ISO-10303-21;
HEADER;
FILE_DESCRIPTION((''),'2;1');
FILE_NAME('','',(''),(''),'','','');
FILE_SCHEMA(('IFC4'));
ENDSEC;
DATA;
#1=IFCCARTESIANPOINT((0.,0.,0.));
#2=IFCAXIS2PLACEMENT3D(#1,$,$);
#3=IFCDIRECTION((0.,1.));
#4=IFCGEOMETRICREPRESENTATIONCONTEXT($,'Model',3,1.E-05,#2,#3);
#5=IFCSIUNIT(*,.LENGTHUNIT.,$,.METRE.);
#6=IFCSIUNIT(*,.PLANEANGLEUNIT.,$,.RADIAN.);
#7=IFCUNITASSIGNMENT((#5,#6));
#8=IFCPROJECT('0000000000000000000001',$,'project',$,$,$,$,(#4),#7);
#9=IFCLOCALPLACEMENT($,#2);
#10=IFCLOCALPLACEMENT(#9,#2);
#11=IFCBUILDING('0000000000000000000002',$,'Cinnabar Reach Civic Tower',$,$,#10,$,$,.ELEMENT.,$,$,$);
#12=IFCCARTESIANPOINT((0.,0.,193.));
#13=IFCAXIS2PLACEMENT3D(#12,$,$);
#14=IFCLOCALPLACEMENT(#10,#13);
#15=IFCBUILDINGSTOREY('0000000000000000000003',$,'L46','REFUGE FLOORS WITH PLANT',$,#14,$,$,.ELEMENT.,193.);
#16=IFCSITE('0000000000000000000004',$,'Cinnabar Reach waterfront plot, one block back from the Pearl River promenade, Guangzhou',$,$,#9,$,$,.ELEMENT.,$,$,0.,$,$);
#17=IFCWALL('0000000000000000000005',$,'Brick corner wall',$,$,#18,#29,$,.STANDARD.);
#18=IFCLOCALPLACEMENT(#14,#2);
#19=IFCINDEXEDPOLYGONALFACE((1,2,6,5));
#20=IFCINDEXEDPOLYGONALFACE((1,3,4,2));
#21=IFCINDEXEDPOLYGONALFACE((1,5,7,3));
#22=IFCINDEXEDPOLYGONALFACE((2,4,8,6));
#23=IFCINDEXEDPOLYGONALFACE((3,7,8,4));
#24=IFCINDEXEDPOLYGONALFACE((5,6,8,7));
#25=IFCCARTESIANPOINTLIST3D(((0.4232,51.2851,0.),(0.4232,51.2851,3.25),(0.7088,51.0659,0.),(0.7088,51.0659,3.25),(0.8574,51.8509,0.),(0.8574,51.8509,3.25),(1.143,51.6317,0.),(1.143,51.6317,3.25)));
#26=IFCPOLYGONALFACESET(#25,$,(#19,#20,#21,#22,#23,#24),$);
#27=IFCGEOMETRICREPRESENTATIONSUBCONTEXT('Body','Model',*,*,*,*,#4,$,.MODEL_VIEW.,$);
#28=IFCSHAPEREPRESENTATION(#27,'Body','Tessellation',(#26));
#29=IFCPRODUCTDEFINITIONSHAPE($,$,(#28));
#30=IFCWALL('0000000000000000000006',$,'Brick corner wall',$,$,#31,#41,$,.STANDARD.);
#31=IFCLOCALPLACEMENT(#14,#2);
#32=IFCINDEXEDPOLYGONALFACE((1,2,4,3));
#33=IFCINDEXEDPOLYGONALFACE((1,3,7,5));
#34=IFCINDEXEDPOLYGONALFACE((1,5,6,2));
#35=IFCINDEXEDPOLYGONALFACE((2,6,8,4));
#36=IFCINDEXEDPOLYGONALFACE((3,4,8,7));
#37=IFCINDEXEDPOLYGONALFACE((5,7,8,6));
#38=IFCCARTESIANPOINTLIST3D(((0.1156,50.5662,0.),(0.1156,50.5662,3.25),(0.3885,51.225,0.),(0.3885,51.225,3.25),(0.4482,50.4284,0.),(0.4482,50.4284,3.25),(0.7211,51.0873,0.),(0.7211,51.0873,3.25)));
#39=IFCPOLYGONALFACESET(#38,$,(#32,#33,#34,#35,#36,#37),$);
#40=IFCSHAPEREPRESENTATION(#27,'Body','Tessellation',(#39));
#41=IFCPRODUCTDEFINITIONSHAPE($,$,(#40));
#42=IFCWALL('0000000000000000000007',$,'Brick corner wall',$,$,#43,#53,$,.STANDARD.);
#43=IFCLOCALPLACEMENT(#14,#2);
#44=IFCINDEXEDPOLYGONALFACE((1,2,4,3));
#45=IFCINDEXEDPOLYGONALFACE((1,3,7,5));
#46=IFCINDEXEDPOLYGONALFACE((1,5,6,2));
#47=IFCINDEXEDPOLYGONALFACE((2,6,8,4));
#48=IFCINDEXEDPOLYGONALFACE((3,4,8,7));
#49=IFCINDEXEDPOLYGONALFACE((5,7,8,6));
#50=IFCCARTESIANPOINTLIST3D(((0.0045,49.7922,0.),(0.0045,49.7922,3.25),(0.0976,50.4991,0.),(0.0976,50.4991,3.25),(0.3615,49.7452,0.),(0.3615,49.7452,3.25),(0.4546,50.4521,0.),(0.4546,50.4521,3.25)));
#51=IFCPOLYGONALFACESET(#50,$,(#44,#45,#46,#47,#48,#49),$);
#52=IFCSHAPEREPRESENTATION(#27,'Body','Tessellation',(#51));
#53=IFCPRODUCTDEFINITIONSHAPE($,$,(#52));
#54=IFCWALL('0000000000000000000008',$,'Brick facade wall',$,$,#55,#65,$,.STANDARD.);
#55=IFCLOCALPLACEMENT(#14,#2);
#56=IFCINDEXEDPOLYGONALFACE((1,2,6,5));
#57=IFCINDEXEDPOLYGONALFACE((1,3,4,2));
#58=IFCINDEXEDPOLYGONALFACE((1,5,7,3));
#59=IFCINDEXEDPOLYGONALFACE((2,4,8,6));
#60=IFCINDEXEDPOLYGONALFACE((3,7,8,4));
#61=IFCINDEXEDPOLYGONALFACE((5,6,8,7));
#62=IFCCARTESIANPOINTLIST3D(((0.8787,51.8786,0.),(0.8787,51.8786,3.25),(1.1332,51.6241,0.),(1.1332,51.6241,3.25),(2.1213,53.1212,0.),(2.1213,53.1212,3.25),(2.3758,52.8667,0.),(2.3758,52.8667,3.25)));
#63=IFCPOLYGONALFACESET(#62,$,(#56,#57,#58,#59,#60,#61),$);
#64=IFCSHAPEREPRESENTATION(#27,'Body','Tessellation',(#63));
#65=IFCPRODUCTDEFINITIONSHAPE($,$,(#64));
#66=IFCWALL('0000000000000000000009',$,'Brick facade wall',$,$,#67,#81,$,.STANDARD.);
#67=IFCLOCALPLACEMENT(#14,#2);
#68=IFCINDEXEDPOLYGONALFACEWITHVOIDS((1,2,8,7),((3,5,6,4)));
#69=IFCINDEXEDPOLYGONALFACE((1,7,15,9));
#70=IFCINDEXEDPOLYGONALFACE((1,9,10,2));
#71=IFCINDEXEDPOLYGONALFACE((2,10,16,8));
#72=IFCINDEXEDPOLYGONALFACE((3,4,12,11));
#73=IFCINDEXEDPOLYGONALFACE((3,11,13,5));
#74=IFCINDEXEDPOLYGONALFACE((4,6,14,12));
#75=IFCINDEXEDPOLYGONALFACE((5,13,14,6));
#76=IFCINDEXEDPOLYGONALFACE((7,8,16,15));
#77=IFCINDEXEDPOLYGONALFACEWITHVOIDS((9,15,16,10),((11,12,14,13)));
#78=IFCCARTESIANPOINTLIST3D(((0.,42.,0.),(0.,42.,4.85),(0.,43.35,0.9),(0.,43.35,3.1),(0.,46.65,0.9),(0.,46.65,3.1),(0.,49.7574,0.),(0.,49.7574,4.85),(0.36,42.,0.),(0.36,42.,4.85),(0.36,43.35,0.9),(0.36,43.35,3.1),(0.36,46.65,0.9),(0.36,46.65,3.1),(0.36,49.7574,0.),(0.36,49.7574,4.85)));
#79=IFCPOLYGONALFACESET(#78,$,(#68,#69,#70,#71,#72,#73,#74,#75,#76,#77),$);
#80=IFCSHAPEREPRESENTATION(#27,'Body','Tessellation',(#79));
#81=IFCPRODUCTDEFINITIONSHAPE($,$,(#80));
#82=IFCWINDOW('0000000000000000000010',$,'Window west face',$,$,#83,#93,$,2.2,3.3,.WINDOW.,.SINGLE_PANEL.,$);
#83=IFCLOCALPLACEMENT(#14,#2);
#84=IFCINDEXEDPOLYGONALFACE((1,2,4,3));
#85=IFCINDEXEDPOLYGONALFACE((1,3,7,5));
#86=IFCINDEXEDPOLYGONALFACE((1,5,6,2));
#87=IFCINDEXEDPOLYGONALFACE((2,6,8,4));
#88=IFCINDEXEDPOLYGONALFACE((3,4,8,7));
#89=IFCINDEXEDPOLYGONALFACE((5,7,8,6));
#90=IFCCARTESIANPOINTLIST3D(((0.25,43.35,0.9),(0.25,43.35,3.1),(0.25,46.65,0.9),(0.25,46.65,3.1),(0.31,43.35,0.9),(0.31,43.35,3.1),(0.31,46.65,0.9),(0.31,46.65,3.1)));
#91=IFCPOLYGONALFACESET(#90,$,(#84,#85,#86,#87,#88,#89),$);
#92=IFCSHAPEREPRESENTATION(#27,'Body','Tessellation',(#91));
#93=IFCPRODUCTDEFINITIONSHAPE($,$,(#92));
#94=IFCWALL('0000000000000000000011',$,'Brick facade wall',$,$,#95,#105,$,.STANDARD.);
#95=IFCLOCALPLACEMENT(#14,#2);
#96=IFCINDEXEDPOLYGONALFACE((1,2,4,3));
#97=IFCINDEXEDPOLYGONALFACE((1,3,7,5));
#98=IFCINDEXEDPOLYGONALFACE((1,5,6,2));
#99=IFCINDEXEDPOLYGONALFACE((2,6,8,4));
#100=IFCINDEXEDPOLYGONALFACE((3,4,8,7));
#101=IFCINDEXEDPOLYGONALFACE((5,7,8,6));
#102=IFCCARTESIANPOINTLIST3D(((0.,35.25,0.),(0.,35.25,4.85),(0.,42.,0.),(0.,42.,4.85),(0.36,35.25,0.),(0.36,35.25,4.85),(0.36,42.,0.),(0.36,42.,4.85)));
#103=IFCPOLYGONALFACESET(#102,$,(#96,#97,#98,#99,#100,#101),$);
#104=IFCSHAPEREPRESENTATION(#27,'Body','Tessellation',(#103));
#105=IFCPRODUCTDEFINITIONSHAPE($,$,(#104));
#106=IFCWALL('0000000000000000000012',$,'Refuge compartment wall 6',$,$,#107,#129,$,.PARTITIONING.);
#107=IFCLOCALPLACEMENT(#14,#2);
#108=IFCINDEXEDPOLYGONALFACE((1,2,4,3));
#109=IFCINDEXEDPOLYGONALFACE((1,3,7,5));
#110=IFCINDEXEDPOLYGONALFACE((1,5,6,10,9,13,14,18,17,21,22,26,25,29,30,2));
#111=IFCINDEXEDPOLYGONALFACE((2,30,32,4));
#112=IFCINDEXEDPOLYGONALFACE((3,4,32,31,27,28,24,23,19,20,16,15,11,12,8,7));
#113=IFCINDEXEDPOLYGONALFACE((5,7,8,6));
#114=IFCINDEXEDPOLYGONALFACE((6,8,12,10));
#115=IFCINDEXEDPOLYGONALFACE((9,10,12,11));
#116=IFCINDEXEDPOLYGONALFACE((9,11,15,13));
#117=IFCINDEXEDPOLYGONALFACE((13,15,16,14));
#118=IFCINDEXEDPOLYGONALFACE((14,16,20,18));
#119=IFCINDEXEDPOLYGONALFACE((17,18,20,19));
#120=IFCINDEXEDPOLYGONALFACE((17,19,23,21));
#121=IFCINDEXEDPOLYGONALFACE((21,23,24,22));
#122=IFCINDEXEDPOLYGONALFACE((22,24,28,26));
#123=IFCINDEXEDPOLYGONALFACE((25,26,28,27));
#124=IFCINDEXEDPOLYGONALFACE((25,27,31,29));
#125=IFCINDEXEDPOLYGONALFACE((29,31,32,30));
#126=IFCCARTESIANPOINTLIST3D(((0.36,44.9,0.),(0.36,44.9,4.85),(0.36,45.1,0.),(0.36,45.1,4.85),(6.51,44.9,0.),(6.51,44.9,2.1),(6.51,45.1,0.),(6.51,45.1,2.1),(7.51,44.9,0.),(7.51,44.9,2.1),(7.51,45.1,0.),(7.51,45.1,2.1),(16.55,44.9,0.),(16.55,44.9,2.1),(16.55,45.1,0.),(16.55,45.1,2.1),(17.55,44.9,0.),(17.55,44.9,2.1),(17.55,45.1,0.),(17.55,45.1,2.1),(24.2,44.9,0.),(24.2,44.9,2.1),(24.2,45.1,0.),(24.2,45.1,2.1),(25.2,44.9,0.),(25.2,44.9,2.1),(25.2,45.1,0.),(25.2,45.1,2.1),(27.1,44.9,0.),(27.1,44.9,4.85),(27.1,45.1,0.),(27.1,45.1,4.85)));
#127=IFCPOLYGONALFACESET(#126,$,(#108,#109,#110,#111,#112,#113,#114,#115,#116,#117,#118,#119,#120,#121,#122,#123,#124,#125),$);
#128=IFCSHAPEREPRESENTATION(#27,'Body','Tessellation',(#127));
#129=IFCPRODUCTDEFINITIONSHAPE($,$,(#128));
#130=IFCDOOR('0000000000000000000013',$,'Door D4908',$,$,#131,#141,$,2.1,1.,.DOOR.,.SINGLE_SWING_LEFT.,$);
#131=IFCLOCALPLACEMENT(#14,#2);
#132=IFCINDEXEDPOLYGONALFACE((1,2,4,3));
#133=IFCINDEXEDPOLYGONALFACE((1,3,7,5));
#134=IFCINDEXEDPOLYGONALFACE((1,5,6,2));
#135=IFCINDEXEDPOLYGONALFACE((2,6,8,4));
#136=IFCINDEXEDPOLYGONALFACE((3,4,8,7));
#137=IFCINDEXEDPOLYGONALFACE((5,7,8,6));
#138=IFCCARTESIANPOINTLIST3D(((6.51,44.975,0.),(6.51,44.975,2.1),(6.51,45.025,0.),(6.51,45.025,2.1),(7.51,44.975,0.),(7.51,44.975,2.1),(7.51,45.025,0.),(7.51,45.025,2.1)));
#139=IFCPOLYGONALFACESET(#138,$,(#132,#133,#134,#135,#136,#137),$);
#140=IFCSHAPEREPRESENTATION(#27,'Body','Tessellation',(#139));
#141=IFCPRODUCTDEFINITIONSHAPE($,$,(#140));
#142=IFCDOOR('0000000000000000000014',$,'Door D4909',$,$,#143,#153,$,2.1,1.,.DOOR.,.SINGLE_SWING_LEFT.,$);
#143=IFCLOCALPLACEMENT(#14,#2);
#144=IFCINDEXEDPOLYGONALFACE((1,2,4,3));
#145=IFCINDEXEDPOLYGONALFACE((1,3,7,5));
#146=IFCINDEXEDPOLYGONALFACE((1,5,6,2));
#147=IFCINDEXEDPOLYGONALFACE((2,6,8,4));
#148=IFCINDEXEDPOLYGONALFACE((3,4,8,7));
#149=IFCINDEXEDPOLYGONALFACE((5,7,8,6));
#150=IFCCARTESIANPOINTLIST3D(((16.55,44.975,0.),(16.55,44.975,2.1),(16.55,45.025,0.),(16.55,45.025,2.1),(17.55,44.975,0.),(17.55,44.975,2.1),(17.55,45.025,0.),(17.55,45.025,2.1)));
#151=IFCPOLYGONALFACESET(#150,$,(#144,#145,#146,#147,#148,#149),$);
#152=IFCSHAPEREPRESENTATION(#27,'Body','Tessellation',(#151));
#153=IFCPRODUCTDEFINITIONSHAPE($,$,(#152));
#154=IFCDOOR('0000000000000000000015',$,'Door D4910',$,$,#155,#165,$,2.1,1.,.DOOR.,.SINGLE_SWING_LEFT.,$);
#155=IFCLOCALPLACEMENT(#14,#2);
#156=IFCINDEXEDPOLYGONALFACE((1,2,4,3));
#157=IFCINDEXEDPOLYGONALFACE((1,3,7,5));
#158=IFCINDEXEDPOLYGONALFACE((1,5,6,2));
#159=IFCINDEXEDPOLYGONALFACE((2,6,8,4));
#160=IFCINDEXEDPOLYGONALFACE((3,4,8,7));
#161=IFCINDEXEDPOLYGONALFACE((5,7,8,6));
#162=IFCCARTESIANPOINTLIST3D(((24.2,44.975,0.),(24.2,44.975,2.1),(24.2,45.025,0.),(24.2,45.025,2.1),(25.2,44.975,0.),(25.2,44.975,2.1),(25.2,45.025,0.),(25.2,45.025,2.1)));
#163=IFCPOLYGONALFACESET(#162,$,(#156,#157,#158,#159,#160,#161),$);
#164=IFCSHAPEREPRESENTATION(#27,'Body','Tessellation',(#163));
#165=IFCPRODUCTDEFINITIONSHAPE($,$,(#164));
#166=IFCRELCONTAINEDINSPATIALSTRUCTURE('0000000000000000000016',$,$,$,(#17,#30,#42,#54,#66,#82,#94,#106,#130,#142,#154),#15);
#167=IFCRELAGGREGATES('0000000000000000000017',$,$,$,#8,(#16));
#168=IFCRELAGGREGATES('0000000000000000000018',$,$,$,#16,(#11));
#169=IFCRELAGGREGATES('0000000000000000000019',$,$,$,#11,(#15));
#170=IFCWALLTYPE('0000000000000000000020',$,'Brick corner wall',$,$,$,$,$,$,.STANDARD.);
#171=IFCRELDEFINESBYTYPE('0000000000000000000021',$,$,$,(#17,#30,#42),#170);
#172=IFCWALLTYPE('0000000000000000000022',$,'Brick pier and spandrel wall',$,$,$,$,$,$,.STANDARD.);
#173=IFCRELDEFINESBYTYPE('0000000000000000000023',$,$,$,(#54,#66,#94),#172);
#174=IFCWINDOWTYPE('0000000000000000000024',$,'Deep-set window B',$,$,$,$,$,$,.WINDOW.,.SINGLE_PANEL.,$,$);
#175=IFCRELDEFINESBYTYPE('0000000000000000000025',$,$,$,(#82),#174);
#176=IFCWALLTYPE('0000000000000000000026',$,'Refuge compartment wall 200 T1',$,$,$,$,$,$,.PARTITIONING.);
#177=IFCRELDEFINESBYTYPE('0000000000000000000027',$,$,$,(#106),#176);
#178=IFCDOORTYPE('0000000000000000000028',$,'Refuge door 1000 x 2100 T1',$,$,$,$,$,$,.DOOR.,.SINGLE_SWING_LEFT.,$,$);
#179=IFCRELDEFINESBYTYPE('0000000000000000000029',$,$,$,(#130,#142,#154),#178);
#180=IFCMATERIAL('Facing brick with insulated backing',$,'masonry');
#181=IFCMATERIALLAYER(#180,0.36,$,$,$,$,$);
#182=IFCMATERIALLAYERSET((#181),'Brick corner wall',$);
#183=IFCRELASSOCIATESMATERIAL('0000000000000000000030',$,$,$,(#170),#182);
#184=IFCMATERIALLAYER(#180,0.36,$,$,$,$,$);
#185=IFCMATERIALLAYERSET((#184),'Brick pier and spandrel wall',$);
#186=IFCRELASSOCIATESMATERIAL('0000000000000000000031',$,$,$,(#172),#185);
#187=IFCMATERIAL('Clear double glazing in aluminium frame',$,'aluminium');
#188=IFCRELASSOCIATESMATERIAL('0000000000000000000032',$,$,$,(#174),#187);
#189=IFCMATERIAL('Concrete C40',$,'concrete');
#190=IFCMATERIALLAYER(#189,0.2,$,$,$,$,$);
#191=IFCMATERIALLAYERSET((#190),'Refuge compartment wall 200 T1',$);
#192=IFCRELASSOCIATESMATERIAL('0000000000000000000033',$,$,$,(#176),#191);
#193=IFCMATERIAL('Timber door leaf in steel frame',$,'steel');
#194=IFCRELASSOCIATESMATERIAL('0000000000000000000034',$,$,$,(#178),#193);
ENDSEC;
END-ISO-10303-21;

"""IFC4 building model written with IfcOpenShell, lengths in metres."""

from ifc_helpers import new_model, si_unit, direction, frame, frame_2d, origin, place, context, subcontext, project, spatial, rectangle, extrude, material, layer, layer_set, type_object, element, fill, save


model = new_model("IFC4")

# Units and contexts
model_context = context("Model", 3, precision=1e-05, world=origin(), true_north=direction((0.0, 1.0)))
body_context = subcontext(model_context, "Body", "Model", "MODEL_VIEW")
ifc_project = project(units=[si_unit("LENGTHUNIT", "METRE"), si_unit("PLANEANGLEUNIT", "RADIAN")], contexts=[model_context])

# Site, building, storey
site_placement = place(None, origin())
site = spatial("IfcSite", under=ifc_project, at=site_placement, Name="Cinnabar Reach waterfront plot, one block back from the Pearl River promenade, Guangzhou", CompositionType="ELEMENT", RefElevation=0.0)
building_placement = place(site_placement, origin())
building = spatial("IfcBuilding", under=site, at=building_placement, Name="Cinnabar Reach Civic Tower", CompositionType="ELEMENT")
storey_placement = place(building_placement, frame((0.0, 0.0, 193.0)))
storey = spatial("IfcBuildingStorey", under=building, at=storey_placement, Name="L46", Description="REFUGE FLOORS WITH PLANT", CompositionType="ELEMENT", Elevation=193.0)

# Walls
ifc_material_1 = material(Name="Facing brick with insulated backing", Category="masonry")
ifc_layer_1 = layer(ifc_material_1, 0.36)
ifc_layer_set_1 = layer_set([ifc_layer_1], Name="Brick corner wall")
wall_type_1 = type_object("IfcWallType", Name="Brick corner wall", PredefinedType="STANDARD", material=ifc_layer_set_1)
for number, where, z_axis, x_axis, name in (
    (1, (1.0002, 51.7413, 0.0), (0.0, 0.0, 1.0), (-0.608802, -0.793322, 0.0), "Brick corner wall"),
):
    element("IfcWall", number, at=place(storey_placement, frame(where, z_axis=z_axis, x_axis=x_axis)), inside=storey, type_object=wall_type_1, Name=name, PredefinedType="STANDARD", context=body_context, shape_type="SweptSolid", body=[
        extrude(rectangle(XDim=0.7132, YDim=0.36, at=frame_2d((0.3566, 0.0))), origin(), (0.0, 0.0, 1.0), 3.25),
    ])
for number, where, z_axis, x_axis, name in (
    (2, (0.5548, 51.1561, 0.0), (0.0, 0.0, 1.0), (-0.382703, -0.923872, 0.0), "Brick corner wall"),
    (3, (0.2761, 50.4756, 0.0), (0.0, 0.0, 1.0), (-0.130556, -0.991441, 0.0), "Brick corner wall"),
):
    element("IfcWall", number, at=place(storey_placement, frame(where, z_axis=z_axis, x_axis=x_axis)), inside=storey, type_object=wall_type_1, Name=name, PredefinedType="STANDARD", context=body_context, shape_type="SweptSolid", body=[
        extrude(rectangle(XDim=0.7131, YDim=0.36, at=frame_2d((0.3565, 0.0))), origin(), (0.0, 0.0, 1.0), 3.25),
    ])
ifc_layer_2 = layer(ifc_material_1, 0.36)
ifc_layer_set_2 = layer_set([ifc_layer_2], Name="Brick pier and spandrel wall")
wall_type_2 = type_object("IfcWallType", Name="Brick pier and spandrel wall", PredefinedType="STANDARD", material=ifc_layer_set_2)
wall_1_placement = place(storey_placement, frame((2.2486, 52.994, 0.0), z_axis=(0.0, 0.0, 1.0), x_axis=(-0.707107, -0.707107, 0.0)))
element("IfcWall", 4, at=wall_1_placement, inside=storey, type_object=wall_type_2, Name="Brick facade wall", PredefinedType="STANDARD", context=body_context, shape_type="SweptSolid", body=[
    extrude(rectangle(XDim=1.7573, YDim=0.36, at=frame_2d((0.8787, 0.0))), origin(), (0.0, 0.0, 1.0), 3.25),
])

# Wall, opening, window
wall_2_placement = place(storey_placement, frame((0.18, 49.7574, 0.0), z_axis=(0.0, 0.0, 1.0), x_axis=(0.0, -1.0, 0.0)))
wall_2 = element("IfcWall", 5, at=wall_2_placement, inside=storey, type_object=wall_type_2, Name="Brick facade wall", PredefinedType="STANDARD", context=body_context, shape_type="SweptSolid", body=[
    extrude(rectangle(XDim=7.7574, YDim=0.36, at=frame_2d((3.8787, 0.0))), origin(), (0.0, 0.0, 1.0), 4.85),
])
opening_1_placement = place(wall_2_placement, frame((3.1074, 0.0, 0.9)))
opening_1 = element("IfcOpeningElement", 6, at=opening_1_placement, cuts=wall_2, PredefinedType="OPENING", context=body_context, shape_type="SweptSolid", body=[
    extrude(rectangle(XDim=3.3, YDim=2.2, at=frame_2d((1.65, 1.1))), frame((0.0, 0.19, 0.0), z_axis=(0.0, -1.0, 0.0), x_axis=(1.0, 0.0, 0.0)), (0.0, 0.0, 1.0), 0.38),
])
ifc_material_2 = material(Name="Clear double glazing in aluminium frame", Category="aluminium")
window_type = type_object("IfcWindowType", Name="Deep-set window B", PartitioningType="SINGLE_PANEL", PredefinedType="WINDOW", material=ifc_material_2)
window_placement = place(opening_1_placement, origin())
window = element("IfcWindow", 7, at=window_placement, inside=storey, type_object=window_type, Name="Window west face", OverallHeight=2.2, OverallWidth=3.3, PartitioningType="SINGLE_PANEL", PredefinedType="WINDOW", context=body_context, shape_type="SweptSolid", body=[
    extrude(rectangle(XDim=3.3, YDim=2.2, at=frame_2d((1.65, 1.1))), frame((0.0, 0.13, 0.0), z_axis=(0.0, -1.0, 0.0), x_axis=(1.0, 0.0, 0.0)), (0.0, 0.0, 1.0), 0.06),
])
fill(opening_1, window)

# Wall
wall_3_placement = place(storey_placement, frame((0.18, 42.0, 0.0), z_axis=(0.0, 0.0, 1.0), x_axis=(0.0, -1.0, 0.0)))
element("IfcWall", 8, at=wall_3_placement, inside=storey, type_object=wall_type_2, Name="Brick facade wall", PredefinedType="STANDARD", context=body_context, shape_type="SweptSolid", body=[
    extrude(rectangle(XDim=6.75, YDim=0.36, at=frame_2d((3.375, 0.0))), origin(), (0.0, 0.0, 1.0), 4.85),
])

# Wall, openings, doors
ifc_material_3 = material(Name="Concrete C40", Category="concrete")
ifc_layer_3 = layer(ifc_material_3, 0.2)
ifc_layer_set_3 = layer_set([ifc_layer_3], Name="Refuge compartment wall 200 T1")
wall_type_3 = type_object("IfcWallType", Name="Refuge compartment wall 200 T1", PredefinedType="PARTITIONING", material=ifc_layer_set_3)
wall_4_placement = place(storey_placement, frame((0.36, 45.0, 0.0), z_axis=(0.0, 0.0, 1.0), x_axis=(1.0, 0.0, 0.0)))
wall_4 = element("IfcWall", 9, at=wall_4_placement, inside=storey, type_object=wall_type_3, Name="Refuge compartment wall 6", PredefinedType="PARTITIONING", context=body_context, shape_type="SweptSolid", body=[
    extrude(rectangle(XDim=26.74, YDim=0.2, at=frame_2d((13.37, 0.0))), origin(), (0.0, 0.0, 1.0), 4.85),
])
opening_2_placement = place(wall_4_placement, frame((6.15, 0.0, 0.0)))
opening_2 = element("IfcOpeningElement", 10, at=opening_2_placement, cuts=wall_4, PredefinedType="OPENING", context=body_context, shape_type="SweptSolid", body=[
    extrude(rectangle(XDim=1.0, YDim=2.1, at=frame_2d((0.5, 1.05))), frame((0.0, 0.11, 0.0), z_axis=(0.0, -1.0, 0.0), x_axis=(1.0, 0.0, 0.0)), (0.0, 0.0, 1.0), 0.22),
])
opening_3_placement = place(wall_4_placement, frame((16.19, 0.0, 0.0)))
opening_3 = element("IfcOpeningElement", 11, at=opening_3_placement, cuts=wall_4, PredefinedType="OPENING", context=body_context, shape_type="SweptSolid", body=[
    extrude(rectangle(XDim=1.0, YDim=2.1, at=frame_2d((0.5, 1.05))), frame((0.0, 0.11, 0.0), z_axis=(0.0, -1.0, 0.0), x_axis=(1.0, 0.0, 0.0)), (0.0, 0.0, 1.0), 0.22),
])
opening_4_placement = place(wall_4_placement, frame((23.84, 0.0, 0.0)))
opening_4 = element("IfcOpeningElement", 12, at=opening_4_placement, cuts=wall_4, PredefinedType="OPENING", context=body_context, shape_type="SweptSolid", body=[
    extrude(rectangle(XDim=1.0, YDim=2.1, at=frame_2d((0.5, 1.05))), frame((0.0, 0.11, 0.0), z_axis=(0.0, -1.0, 0.0), x_axis=(1.0, 0.0, 0.0)), (0.0, 0.0, 1.0), 0.22),
])
ifc_material_4 = material(Name="Timber door leaf in steel frame", Category="steel")
door_type = type_object("IfcDoorType", Name="Refuge door 1000 x 2100 T1", OperationType="SINGLE_SWING_LEFT", PredefinedType="DOOR", material=ifc_material_4)
door_1_placement = place(opening_2_placement, origin())
door_1 = element("IfcDoor", 13, at=door_1_placement, inside=storey, type_object=door_type, Name="Door D4908", OperationType="SINGLE_SWING_LEFT", OverallHeight=2.1, OverallWidth=1.0, PredefinedType="DOOR", context=body_context, shape_type="SweptSolid", body=[
    extrude(rectangle(XDim=1.0, YDim=2.1, at=frame_2d((0.5, 1.05))), frame((0.0, 0.025, 0.0), z_axis=(0.0, -1.0, 0.0), x_axis=(1.0, 0.0, 0.0)), (0.0, 0.0, 1.0), 0.05),
])
fill(opening_2, door_1)
door_2_placement = place(opening_3_placement, origin())
door_2 = element("IfcDoor", 14, at=door_2_placement, inside=storey, type_object=door_type, Name="Door D4909", OperationType="SINGLE_SWING_LEFT", OverallHeight=2.1, OverallWidth=1.0, PredefinedType="DOOR", context=body_context, shape_type="SweptSolid", body=[
    extrude(rectangle(XDim=1.0, YDim=2.1, at=frame_2d((0.5, 1.05))), frame((0.0, 0.025, 0.0), z_axis=(0.0, -1.0, 0.0), x_axis=(1.0, 0.0, 0.0)), (0.0, 0.0, 1.0), 0.05),
])
fill(opening_3, door_2)
door_3_placement = place(opening_4_placement, frame((1.0, 0.0, 0.0), z_axis=(0.0, 0.0, 1.0), x_axis=(-1.0, 0.0, 0.0)))
door_3 = element("IfcDoor", 15, at=door_3_placement, inside=storey, type_object=door_type, Name="Door D4910", OperationType="SINGLE_SWING_LEFT", OverallHeight=2.1, OverallWidth=1.0, PredefinedType="DOOR", context=body_context, shape_type="SweptSolid", body=[
    extrude(rectangle(XDim=1.0, YDim=2.1, at=frame_2d((0.5, 1.05))), frame((0.0, 0.025, 0.0), z_axis=(0.0, -1.0, 0.0), x_axis=(1.0, 0.0, 0.0)), (0.0, 0.0, 1.0), 0.05),
])
fill(opening_4, door_3)

save(model, "model.ifc")
